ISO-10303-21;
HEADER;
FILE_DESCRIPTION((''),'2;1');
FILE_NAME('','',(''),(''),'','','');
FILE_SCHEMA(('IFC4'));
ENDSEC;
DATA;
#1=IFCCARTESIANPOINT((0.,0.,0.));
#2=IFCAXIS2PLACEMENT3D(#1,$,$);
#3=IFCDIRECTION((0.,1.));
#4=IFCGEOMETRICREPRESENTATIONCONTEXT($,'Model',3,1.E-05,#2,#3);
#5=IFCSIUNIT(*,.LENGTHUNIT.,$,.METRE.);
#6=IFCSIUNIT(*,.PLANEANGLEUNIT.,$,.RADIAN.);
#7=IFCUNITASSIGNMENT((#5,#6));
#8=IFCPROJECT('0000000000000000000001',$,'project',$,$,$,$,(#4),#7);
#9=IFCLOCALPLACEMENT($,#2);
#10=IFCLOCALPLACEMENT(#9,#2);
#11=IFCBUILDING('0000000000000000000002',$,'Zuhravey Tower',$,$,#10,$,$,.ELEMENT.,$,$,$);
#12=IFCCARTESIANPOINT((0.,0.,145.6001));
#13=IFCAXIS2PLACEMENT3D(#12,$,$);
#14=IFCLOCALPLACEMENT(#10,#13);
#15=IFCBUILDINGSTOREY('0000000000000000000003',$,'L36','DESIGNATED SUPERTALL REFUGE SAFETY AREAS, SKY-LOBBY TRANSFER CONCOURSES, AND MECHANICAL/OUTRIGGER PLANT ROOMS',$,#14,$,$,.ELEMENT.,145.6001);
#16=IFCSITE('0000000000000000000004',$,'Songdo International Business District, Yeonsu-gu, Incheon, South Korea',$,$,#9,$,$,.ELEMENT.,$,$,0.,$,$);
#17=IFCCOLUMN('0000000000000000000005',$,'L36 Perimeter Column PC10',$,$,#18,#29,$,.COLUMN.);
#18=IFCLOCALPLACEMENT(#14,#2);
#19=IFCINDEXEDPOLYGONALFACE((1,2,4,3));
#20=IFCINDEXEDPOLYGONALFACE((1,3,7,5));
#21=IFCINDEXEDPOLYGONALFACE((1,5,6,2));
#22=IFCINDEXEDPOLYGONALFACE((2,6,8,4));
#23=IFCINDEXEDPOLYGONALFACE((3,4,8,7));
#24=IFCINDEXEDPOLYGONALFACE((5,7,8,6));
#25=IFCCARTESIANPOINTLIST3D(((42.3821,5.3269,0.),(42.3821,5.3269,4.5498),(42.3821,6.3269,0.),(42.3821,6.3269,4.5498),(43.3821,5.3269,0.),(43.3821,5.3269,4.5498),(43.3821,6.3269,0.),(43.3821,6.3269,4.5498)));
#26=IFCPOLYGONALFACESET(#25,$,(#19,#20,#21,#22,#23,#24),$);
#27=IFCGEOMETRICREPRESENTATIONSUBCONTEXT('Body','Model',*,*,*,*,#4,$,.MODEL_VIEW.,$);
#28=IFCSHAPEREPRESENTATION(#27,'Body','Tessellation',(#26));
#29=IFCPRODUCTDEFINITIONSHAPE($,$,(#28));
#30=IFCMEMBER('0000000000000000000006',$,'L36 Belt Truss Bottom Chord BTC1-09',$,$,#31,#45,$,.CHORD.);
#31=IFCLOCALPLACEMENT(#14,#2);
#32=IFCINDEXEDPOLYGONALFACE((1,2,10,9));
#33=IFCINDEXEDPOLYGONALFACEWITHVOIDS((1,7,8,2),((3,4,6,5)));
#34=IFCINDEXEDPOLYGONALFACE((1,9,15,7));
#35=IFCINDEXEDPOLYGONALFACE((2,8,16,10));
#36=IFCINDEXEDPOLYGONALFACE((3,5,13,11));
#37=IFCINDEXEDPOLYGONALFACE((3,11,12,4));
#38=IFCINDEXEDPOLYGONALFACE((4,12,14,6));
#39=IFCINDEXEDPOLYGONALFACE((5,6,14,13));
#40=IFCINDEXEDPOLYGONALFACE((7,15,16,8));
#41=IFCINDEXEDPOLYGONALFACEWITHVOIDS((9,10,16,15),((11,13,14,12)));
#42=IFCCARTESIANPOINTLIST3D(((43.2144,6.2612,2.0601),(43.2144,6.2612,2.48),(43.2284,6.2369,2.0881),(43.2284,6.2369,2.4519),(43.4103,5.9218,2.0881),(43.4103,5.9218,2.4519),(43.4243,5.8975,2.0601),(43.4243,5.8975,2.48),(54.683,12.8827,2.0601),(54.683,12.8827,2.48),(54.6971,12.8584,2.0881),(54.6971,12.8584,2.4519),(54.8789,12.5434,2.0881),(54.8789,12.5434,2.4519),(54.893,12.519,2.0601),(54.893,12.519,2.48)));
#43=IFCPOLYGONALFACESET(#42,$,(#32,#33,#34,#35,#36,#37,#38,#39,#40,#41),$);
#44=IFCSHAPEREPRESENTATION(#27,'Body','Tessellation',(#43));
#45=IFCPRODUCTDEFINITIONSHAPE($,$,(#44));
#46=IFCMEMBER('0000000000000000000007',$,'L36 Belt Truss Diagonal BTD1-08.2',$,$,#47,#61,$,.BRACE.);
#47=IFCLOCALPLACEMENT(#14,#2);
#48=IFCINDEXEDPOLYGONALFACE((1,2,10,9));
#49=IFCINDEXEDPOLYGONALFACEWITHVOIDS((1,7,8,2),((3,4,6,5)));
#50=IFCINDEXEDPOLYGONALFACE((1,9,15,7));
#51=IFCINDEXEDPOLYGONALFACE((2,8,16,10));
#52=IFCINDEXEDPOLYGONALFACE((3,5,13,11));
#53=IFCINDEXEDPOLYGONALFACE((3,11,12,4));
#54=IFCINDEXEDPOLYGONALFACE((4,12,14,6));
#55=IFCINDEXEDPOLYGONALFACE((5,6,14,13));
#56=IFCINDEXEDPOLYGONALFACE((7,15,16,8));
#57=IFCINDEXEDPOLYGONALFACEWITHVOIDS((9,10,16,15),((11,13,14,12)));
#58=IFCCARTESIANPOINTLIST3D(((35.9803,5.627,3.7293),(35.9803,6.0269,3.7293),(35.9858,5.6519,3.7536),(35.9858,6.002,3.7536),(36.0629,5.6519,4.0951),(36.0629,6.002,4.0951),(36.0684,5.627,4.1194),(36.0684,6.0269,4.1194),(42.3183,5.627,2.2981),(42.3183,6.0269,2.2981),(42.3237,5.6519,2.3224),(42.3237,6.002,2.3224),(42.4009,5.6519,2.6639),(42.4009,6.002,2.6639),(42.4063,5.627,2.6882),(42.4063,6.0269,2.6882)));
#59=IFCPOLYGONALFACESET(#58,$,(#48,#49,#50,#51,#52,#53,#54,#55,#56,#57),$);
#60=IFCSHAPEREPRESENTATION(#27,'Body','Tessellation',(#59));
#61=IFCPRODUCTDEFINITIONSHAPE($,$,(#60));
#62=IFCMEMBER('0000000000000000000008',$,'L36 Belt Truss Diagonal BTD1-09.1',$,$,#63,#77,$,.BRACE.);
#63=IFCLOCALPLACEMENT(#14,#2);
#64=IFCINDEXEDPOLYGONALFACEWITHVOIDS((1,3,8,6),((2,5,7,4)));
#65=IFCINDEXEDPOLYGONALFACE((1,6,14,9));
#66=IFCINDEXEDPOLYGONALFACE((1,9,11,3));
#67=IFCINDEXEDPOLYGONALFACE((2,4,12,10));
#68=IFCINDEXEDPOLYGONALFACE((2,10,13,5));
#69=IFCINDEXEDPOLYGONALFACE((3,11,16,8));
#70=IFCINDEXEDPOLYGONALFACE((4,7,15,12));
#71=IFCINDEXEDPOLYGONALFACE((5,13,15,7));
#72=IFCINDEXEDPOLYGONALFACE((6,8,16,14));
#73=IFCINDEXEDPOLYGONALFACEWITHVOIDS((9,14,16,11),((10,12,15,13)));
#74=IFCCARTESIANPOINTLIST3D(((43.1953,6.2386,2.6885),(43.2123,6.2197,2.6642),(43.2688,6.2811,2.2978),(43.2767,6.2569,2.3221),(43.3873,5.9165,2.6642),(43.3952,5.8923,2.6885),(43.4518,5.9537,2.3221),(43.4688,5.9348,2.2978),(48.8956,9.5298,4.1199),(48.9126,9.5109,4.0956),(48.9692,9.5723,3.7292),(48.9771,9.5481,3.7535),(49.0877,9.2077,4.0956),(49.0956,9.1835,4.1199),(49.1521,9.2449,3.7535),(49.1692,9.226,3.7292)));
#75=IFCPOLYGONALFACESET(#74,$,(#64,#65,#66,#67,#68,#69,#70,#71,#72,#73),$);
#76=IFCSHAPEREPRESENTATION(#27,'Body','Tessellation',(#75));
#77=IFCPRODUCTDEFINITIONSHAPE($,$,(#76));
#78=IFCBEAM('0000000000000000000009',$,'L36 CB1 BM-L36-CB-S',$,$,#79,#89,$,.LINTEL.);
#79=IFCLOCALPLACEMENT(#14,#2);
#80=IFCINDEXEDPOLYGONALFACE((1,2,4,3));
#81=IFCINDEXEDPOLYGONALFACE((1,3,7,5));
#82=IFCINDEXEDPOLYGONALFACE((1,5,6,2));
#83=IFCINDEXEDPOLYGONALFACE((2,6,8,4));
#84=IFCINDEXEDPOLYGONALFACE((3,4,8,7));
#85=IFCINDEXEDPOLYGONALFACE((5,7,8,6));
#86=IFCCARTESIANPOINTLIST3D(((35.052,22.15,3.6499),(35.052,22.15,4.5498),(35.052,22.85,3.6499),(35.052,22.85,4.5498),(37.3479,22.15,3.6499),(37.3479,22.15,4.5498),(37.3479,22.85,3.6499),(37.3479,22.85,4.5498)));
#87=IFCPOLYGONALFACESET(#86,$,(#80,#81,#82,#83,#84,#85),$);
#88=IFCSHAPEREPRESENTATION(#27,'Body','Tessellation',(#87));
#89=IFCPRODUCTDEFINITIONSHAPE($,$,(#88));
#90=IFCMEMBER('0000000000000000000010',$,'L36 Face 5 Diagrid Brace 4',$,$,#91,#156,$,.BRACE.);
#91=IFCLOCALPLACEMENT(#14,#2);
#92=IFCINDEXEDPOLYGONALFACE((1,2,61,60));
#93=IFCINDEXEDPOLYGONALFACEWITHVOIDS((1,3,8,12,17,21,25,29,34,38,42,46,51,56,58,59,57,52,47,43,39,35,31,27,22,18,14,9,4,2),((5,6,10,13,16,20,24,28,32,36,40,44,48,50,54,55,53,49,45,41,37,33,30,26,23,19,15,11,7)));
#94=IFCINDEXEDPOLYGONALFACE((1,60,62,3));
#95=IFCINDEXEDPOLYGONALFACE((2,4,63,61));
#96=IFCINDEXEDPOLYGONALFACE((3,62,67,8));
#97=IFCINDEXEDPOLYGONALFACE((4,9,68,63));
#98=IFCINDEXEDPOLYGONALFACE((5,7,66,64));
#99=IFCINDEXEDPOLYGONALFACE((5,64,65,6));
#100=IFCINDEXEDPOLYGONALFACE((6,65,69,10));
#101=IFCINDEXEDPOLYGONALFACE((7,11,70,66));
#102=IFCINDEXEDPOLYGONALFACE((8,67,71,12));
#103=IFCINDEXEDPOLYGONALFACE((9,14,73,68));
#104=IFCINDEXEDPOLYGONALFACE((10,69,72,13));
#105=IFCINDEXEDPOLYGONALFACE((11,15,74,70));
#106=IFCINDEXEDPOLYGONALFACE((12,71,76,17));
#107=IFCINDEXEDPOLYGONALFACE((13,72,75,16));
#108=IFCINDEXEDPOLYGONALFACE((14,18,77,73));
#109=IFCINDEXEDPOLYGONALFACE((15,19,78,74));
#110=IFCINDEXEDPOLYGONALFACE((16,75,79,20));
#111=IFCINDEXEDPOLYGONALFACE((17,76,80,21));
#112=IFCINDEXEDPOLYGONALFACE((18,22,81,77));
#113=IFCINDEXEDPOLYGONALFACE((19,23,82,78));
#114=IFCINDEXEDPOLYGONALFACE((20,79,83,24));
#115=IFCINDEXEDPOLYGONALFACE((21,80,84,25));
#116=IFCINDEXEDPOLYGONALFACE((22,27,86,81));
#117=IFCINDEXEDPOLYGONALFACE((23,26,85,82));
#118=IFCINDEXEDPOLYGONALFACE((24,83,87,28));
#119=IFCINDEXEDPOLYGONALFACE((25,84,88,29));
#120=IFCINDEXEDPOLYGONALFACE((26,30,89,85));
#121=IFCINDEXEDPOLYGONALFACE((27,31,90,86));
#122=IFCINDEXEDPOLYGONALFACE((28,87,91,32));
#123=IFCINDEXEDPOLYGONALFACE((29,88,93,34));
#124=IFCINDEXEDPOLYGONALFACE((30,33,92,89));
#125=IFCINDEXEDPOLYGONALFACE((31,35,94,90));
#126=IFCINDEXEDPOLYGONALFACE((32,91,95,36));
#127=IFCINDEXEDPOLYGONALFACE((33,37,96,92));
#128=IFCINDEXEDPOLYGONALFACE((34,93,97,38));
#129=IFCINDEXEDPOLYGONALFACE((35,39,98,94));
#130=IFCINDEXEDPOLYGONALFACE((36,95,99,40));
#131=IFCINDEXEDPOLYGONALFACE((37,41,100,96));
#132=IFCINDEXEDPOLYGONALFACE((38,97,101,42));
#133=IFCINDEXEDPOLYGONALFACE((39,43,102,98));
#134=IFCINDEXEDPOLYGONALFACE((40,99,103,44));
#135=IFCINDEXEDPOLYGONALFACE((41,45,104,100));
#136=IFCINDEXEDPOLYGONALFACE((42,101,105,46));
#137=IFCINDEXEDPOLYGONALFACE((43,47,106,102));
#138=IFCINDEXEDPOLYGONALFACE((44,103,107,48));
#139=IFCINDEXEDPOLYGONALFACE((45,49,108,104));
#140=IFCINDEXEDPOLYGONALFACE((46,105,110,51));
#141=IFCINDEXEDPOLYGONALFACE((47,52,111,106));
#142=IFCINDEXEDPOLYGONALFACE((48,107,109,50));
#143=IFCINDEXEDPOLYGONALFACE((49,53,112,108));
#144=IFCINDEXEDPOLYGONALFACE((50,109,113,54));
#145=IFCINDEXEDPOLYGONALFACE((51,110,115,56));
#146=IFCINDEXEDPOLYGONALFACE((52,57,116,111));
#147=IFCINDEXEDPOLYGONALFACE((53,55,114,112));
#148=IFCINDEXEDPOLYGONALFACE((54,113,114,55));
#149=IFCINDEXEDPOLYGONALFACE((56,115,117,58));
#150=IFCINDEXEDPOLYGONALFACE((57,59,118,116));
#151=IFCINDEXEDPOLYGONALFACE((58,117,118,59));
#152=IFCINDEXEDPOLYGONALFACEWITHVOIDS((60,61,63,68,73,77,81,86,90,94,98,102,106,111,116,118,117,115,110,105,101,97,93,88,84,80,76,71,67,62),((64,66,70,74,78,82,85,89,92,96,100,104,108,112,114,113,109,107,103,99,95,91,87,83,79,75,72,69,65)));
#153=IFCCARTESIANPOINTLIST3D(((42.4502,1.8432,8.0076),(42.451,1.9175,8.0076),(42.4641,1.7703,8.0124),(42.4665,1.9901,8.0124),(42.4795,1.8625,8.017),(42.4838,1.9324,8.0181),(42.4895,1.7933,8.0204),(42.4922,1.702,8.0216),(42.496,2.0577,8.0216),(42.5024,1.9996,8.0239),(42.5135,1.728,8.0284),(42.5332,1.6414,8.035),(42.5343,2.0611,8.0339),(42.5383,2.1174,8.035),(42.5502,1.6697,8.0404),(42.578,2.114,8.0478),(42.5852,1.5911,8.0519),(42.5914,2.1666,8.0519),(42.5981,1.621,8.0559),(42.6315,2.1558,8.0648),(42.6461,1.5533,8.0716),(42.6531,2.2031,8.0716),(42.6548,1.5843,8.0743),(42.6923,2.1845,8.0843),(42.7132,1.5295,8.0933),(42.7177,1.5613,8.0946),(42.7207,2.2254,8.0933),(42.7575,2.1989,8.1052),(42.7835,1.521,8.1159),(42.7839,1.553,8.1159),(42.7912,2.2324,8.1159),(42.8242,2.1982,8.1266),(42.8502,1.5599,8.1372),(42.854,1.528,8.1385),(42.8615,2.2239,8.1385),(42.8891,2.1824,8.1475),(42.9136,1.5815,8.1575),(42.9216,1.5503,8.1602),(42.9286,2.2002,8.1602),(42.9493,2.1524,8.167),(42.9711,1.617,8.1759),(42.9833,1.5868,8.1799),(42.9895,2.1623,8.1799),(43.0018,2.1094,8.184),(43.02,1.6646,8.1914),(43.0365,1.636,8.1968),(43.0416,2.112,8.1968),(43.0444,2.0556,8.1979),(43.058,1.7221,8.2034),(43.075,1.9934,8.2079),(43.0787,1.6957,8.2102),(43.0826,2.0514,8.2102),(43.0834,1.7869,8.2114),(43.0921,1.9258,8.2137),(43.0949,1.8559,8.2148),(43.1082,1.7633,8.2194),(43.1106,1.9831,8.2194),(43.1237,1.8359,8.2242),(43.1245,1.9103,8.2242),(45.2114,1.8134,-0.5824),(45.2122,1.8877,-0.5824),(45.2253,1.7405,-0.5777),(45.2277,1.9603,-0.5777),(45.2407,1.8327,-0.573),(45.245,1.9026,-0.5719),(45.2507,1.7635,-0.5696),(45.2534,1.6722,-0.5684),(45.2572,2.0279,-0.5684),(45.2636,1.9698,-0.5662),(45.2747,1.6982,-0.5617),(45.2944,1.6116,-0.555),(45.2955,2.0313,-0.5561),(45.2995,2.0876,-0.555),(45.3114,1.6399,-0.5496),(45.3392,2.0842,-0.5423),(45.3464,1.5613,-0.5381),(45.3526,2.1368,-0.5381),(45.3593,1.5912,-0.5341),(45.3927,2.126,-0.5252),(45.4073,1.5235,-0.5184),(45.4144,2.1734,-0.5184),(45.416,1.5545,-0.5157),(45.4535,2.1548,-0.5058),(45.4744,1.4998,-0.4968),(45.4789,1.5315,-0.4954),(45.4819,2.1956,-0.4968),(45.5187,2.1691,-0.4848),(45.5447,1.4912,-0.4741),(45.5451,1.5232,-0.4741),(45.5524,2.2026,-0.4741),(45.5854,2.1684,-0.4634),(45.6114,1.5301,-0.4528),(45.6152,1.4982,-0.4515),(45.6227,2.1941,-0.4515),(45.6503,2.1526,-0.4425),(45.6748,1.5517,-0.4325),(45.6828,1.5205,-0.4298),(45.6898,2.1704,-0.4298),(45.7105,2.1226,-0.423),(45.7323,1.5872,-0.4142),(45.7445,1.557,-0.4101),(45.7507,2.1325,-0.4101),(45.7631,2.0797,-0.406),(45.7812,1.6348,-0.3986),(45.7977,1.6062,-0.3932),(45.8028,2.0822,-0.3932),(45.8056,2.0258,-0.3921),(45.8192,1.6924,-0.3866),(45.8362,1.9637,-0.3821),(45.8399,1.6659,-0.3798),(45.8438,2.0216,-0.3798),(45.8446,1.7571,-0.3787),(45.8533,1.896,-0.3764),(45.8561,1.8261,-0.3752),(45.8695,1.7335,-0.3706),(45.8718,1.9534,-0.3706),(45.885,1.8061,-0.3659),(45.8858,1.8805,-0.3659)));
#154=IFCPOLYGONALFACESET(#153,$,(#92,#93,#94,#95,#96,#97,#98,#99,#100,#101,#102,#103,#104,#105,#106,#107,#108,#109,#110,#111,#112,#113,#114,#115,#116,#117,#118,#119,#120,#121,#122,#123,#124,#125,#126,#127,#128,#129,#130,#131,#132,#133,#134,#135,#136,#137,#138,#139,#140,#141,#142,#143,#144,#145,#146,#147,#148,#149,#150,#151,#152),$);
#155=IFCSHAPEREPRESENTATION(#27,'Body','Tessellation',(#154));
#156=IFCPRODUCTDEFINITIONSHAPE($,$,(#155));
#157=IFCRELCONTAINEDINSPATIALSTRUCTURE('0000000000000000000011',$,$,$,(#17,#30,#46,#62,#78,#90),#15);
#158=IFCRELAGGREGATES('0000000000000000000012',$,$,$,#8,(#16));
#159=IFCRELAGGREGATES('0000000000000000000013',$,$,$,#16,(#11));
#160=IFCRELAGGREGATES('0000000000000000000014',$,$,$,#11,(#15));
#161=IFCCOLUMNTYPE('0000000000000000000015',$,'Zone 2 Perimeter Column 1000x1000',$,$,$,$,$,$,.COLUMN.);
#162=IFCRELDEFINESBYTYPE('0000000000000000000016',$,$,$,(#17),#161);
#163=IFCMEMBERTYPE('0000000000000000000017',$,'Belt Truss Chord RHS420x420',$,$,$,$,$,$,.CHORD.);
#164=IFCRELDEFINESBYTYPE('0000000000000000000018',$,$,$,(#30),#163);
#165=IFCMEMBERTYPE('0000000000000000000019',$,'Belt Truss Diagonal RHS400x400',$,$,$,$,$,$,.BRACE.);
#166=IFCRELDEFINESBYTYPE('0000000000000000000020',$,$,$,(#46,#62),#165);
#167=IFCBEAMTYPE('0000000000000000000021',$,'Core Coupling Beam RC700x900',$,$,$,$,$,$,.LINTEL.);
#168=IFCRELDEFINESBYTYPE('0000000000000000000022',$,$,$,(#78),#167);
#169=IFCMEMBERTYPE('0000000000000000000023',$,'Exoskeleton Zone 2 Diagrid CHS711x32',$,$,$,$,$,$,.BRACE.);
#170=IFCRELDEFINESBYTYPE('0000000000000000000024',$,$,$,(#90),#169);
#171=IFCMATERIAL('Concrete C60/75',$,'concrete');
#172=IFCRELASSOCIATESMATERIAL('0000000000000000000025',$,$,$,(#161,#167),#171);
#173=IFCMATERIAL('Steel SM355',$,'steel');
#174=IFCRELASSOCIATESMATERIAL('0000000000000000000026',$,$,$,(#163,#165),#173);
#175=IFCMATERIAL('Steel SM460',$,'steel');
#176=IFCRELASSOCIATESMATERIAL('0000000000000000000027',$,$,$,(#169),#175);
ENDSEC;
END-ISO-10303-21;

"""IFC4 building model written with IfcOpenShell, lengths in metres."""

from ifc_helpers import new_model, si_unit, direction, frame, origin, origin_2d, place, context, subcontext, project, spatial, rectangle, hollow_rectangle, hollow_circle, extrude, material, material_profile, profile_set, type_object, element, save


model = new_model("IFC4")

# Units and contexts
model_context = context("Model", 3, precision=1e-05, world=origin(), true_north=direction((0.0, 1.0)))
body_context = subcontext(model_context, "Body", "Model", "MODEL_VIEW")
ifc_project = project(units=[si_unit("LENGTHUNIT", "METRE"), si_unit("PLANEANGLEUNIT", "RADIAN")], contexts=[model_context])

# Site, building, storey
site_placement = place(None, origin())
site = spatial("IfcSite", under=ifc_project, at=site_placement, Name="Songdo International Business District, Yeonsu-gu, Incheon, South Korea", CompositionType="ELEMENT", RefElevation=0.0)
building_placement = place(site_placement, origin())
building = spatial("IfcBuilding", under=site, at=building_placement, Name="Zuhravey Tower", CompositionType="ELEMENT")
storey_placement = place(building_placement, frame((0.0, 0.0, 145.6001)))
storey = spatial("IfcBuildingStorey", under=building, at=storey_placement, Name="L36", Description="DESIGNATED SUPERTALL REFUGE SAFETY AREAS, SKY-LOBBY TRANSFER CONCOURSES, AND MECHANICAL/OUTRIGGER PLANT ROOMS", CompositionType="ELEMENT", Elevation=145.6001)

# Column
ifc_material_1 = material(Name="Concrete C60/75", Category="concrete")
ifc_material_profile_1 = material_profile(ifc_material_1, rectangle(XDim=1.0, YDim=1.0, at=origin_2d()), Name="RC-1000x1000")
ifc_profile_set_1 = profile_set([ifc_material_profile_1], Name="Concrete C60/75")
column_type = type_object("IfcColumnType", Name="Zone 2 Perimeter Column 1000x1000", PredefinedType="COLUMN", material=ifc_profile_set_1)
column_placement = place(storey_placement, frame((42.8821, 5.8269, 0.0), z_axis=(0.0, 0.0, 1.0), x_axis=(1.0, 0.0, 0.0)))
element("IfcColumn", 1, at=column_placement, inside=storey, type_object=column_type, Name="L36 Perimeter Column PC10", PredefinedType="COLUMN", context=body_context, shape_type="SweptSolid", body=[
    extrude(rectangle(XDim=1.0, YDim=1.0, at=origin_2d()), origin(), (0.0, 0.0, 1.0), 4.5498),
])

# Members
ifc_material_2 = material(Name="Steel SM355", Category="steel")
ifc_material_profile_2 = material_profile(ifc_material_2, hollow_rectangle(XDim=0.4199, YDim=0.4199, WallThickness=0.0281, at=origin_2d()), Name="RHS-420x420x28")
ifc_profile_set_2 = profile_set([ifc_material_profile_2], Name="Steel SM355")
member_type_1 = type_object("IfcMemberType", Name="Belt Truss Chord RHS420x420", PredefinedType="CHORD", material=ifc_profile_set_2)
member_1_placement = place(storey_placement, frame((43.3193, 6.0793, 2.27), z_axis=(0.866022, 0.500005, 0.0), x_axis=(-0.500005, 0.866022, 0.0)))
element("IfcMember", 2, at=member_1_placement, inside=storey, type_object=member_type_1, Name="L36 Belt Truss Bottom Chord BTC1-09", PredefinedType="CHORD", context=body_context, shape_type="SweptSolid", body=[
    extrude(hollow_rectangle(XDim=0.4199, YDim=0.4199, WallThickness=0.0281, at=origin_2d()), origin(), (0.0, 0.0, 1.0), 13.2429),
])
ifc_material_profile_3 = material_profile(ifc_material_2, hollow_rectangle(XDim=0.3999, YDim=0.3999, WallThickness=0.0249, at=origin_2d()), Name="RHS-400x400x25")
ifc_profile_set_3 = profile_set([ifc_material_profile_3], Name="Steel SM355")
member_type_2 = type_object("IfcMemberType", Name="Belt Truss Diagonal RHS400x400", PredefinedType="BRACE", material=ifc_profile_set_3)
member_2_placement = place(storey_placement, frame((42.3623, 5.8269, 2.4932), z_axis=(-0.97544, 0.0, 0.220263), x_axis=(0.0, -1.0, 0.0)))
element("IfcMember", 3, at=member_2_placement, inside=storey, type_object=member_type_2, Name="L36 Belt Truss Diagonal BTD1-08.2", PredefinedType="BRACE", context=body_context, shape_type="SweptSolid", body=[
    extrude(hollow_rectangle(XDim=0.3999, YDim=0.3999, WallThickness=0.0249, at=origin_2d()), origin(), (0.0, 0.0, 1.0), 6.4976),
])
member_3_placement = place(storey_placement, frame((43.332, 6.0867, 2.4932), z_axis=(0.846241, 0.488593, 0.212493), x_axis=(-0.500012, 0.866018, 0.0)))
element("IfcMember", 4, at=member_3_placement, inside=storey, type_object=member_type_2, Name="L36 Belt Truss Diagonal BTD1-09.1", PredefinedType="BRACE", context=body_context, shape_type="SweptSolid", body=[
    extrude(hollow_rectangle(XDim=0.3999, YDim=0.3999, WallThickness=0.0249, at=origin_2d()), origin(), (0.0, 0.0, 1.0), 6.7361),
])

# Beam
ifc_material_profile_4 = material_profile(ifc_material_1, rectangle(XDim=0.7, YDim=0.8999, at=origin_2d()), Name="RC-700x900")
ifc_profile_set_4 = profile_set([ifc_material_profile_4], Name="Concrete C60/75")
beam_type_1 = type_object("IfcBeamType", Name="Core Coupling Beam RC700x900", PredefinedType="LINTEL", material=ifc_profile_set_4)
beam_1_placement = place(storey_placement, frame((35.052, 22.5, 4.0999), z_axis=(1.0, 0.0, 0.0), x_axis=(0.0, 1.0, 0.0)))
element("IfcBeam", 5, at=beam_1_placement, inside=storey, type_object=beam_type_1, Name="L36 CB1 BM-L36-CB-S", PredefinedType="LINTEL", context=body_context, shape_type="SweptSolid", body=[
    extrude(rectangle(XDim=0.7, YDim=0.8999, at=origin_2d()), origin(), (0.0, 0.0, 1.0), 2.2959),
])

# Member
ifc_material_3 = material(Name="Steel SM460", Category="steel")
ifc_material_profile_5 = material_profile(ifc_material_3, hollow_circle(Radius=0.3557, WallThickness=0.032, at=origin_2d()), Name="CHS-711.2x32")
ifc_profile_set_5 = profile_set([ifc_material_profile_5], Name="Steel SM460")
member_type_3 = type_object("IfcMemberType", Name="Exoskeleton Zone 2 Diagrid CHS711x32", PredefinedType="BRACE", material=ifc_profile_set_5)
member_4_placement = place(storey_placement, frame((45.5486, 1.8469, -0.4741), z_axis=(-0.306021, 0.003301, 0.952019), x_axis=(-0.010786, -0.999942, 0.0)))
element("IfcMember", 6, at=member_4_placement, inside=storey, type_object=member_type_3, Name="L36 Face 5 Diagrid Brace 4", PredefinedType="BRACE", context=body_context, shape_type="SweptSolid", body=[
    extrude(hollow_circle(Radius=0.3557, WallThickness=0.032, at=origin_2d()), origin(), (0.0, 0.0, 1.0), 9.0229),
])

save(model, "model.ifc")
